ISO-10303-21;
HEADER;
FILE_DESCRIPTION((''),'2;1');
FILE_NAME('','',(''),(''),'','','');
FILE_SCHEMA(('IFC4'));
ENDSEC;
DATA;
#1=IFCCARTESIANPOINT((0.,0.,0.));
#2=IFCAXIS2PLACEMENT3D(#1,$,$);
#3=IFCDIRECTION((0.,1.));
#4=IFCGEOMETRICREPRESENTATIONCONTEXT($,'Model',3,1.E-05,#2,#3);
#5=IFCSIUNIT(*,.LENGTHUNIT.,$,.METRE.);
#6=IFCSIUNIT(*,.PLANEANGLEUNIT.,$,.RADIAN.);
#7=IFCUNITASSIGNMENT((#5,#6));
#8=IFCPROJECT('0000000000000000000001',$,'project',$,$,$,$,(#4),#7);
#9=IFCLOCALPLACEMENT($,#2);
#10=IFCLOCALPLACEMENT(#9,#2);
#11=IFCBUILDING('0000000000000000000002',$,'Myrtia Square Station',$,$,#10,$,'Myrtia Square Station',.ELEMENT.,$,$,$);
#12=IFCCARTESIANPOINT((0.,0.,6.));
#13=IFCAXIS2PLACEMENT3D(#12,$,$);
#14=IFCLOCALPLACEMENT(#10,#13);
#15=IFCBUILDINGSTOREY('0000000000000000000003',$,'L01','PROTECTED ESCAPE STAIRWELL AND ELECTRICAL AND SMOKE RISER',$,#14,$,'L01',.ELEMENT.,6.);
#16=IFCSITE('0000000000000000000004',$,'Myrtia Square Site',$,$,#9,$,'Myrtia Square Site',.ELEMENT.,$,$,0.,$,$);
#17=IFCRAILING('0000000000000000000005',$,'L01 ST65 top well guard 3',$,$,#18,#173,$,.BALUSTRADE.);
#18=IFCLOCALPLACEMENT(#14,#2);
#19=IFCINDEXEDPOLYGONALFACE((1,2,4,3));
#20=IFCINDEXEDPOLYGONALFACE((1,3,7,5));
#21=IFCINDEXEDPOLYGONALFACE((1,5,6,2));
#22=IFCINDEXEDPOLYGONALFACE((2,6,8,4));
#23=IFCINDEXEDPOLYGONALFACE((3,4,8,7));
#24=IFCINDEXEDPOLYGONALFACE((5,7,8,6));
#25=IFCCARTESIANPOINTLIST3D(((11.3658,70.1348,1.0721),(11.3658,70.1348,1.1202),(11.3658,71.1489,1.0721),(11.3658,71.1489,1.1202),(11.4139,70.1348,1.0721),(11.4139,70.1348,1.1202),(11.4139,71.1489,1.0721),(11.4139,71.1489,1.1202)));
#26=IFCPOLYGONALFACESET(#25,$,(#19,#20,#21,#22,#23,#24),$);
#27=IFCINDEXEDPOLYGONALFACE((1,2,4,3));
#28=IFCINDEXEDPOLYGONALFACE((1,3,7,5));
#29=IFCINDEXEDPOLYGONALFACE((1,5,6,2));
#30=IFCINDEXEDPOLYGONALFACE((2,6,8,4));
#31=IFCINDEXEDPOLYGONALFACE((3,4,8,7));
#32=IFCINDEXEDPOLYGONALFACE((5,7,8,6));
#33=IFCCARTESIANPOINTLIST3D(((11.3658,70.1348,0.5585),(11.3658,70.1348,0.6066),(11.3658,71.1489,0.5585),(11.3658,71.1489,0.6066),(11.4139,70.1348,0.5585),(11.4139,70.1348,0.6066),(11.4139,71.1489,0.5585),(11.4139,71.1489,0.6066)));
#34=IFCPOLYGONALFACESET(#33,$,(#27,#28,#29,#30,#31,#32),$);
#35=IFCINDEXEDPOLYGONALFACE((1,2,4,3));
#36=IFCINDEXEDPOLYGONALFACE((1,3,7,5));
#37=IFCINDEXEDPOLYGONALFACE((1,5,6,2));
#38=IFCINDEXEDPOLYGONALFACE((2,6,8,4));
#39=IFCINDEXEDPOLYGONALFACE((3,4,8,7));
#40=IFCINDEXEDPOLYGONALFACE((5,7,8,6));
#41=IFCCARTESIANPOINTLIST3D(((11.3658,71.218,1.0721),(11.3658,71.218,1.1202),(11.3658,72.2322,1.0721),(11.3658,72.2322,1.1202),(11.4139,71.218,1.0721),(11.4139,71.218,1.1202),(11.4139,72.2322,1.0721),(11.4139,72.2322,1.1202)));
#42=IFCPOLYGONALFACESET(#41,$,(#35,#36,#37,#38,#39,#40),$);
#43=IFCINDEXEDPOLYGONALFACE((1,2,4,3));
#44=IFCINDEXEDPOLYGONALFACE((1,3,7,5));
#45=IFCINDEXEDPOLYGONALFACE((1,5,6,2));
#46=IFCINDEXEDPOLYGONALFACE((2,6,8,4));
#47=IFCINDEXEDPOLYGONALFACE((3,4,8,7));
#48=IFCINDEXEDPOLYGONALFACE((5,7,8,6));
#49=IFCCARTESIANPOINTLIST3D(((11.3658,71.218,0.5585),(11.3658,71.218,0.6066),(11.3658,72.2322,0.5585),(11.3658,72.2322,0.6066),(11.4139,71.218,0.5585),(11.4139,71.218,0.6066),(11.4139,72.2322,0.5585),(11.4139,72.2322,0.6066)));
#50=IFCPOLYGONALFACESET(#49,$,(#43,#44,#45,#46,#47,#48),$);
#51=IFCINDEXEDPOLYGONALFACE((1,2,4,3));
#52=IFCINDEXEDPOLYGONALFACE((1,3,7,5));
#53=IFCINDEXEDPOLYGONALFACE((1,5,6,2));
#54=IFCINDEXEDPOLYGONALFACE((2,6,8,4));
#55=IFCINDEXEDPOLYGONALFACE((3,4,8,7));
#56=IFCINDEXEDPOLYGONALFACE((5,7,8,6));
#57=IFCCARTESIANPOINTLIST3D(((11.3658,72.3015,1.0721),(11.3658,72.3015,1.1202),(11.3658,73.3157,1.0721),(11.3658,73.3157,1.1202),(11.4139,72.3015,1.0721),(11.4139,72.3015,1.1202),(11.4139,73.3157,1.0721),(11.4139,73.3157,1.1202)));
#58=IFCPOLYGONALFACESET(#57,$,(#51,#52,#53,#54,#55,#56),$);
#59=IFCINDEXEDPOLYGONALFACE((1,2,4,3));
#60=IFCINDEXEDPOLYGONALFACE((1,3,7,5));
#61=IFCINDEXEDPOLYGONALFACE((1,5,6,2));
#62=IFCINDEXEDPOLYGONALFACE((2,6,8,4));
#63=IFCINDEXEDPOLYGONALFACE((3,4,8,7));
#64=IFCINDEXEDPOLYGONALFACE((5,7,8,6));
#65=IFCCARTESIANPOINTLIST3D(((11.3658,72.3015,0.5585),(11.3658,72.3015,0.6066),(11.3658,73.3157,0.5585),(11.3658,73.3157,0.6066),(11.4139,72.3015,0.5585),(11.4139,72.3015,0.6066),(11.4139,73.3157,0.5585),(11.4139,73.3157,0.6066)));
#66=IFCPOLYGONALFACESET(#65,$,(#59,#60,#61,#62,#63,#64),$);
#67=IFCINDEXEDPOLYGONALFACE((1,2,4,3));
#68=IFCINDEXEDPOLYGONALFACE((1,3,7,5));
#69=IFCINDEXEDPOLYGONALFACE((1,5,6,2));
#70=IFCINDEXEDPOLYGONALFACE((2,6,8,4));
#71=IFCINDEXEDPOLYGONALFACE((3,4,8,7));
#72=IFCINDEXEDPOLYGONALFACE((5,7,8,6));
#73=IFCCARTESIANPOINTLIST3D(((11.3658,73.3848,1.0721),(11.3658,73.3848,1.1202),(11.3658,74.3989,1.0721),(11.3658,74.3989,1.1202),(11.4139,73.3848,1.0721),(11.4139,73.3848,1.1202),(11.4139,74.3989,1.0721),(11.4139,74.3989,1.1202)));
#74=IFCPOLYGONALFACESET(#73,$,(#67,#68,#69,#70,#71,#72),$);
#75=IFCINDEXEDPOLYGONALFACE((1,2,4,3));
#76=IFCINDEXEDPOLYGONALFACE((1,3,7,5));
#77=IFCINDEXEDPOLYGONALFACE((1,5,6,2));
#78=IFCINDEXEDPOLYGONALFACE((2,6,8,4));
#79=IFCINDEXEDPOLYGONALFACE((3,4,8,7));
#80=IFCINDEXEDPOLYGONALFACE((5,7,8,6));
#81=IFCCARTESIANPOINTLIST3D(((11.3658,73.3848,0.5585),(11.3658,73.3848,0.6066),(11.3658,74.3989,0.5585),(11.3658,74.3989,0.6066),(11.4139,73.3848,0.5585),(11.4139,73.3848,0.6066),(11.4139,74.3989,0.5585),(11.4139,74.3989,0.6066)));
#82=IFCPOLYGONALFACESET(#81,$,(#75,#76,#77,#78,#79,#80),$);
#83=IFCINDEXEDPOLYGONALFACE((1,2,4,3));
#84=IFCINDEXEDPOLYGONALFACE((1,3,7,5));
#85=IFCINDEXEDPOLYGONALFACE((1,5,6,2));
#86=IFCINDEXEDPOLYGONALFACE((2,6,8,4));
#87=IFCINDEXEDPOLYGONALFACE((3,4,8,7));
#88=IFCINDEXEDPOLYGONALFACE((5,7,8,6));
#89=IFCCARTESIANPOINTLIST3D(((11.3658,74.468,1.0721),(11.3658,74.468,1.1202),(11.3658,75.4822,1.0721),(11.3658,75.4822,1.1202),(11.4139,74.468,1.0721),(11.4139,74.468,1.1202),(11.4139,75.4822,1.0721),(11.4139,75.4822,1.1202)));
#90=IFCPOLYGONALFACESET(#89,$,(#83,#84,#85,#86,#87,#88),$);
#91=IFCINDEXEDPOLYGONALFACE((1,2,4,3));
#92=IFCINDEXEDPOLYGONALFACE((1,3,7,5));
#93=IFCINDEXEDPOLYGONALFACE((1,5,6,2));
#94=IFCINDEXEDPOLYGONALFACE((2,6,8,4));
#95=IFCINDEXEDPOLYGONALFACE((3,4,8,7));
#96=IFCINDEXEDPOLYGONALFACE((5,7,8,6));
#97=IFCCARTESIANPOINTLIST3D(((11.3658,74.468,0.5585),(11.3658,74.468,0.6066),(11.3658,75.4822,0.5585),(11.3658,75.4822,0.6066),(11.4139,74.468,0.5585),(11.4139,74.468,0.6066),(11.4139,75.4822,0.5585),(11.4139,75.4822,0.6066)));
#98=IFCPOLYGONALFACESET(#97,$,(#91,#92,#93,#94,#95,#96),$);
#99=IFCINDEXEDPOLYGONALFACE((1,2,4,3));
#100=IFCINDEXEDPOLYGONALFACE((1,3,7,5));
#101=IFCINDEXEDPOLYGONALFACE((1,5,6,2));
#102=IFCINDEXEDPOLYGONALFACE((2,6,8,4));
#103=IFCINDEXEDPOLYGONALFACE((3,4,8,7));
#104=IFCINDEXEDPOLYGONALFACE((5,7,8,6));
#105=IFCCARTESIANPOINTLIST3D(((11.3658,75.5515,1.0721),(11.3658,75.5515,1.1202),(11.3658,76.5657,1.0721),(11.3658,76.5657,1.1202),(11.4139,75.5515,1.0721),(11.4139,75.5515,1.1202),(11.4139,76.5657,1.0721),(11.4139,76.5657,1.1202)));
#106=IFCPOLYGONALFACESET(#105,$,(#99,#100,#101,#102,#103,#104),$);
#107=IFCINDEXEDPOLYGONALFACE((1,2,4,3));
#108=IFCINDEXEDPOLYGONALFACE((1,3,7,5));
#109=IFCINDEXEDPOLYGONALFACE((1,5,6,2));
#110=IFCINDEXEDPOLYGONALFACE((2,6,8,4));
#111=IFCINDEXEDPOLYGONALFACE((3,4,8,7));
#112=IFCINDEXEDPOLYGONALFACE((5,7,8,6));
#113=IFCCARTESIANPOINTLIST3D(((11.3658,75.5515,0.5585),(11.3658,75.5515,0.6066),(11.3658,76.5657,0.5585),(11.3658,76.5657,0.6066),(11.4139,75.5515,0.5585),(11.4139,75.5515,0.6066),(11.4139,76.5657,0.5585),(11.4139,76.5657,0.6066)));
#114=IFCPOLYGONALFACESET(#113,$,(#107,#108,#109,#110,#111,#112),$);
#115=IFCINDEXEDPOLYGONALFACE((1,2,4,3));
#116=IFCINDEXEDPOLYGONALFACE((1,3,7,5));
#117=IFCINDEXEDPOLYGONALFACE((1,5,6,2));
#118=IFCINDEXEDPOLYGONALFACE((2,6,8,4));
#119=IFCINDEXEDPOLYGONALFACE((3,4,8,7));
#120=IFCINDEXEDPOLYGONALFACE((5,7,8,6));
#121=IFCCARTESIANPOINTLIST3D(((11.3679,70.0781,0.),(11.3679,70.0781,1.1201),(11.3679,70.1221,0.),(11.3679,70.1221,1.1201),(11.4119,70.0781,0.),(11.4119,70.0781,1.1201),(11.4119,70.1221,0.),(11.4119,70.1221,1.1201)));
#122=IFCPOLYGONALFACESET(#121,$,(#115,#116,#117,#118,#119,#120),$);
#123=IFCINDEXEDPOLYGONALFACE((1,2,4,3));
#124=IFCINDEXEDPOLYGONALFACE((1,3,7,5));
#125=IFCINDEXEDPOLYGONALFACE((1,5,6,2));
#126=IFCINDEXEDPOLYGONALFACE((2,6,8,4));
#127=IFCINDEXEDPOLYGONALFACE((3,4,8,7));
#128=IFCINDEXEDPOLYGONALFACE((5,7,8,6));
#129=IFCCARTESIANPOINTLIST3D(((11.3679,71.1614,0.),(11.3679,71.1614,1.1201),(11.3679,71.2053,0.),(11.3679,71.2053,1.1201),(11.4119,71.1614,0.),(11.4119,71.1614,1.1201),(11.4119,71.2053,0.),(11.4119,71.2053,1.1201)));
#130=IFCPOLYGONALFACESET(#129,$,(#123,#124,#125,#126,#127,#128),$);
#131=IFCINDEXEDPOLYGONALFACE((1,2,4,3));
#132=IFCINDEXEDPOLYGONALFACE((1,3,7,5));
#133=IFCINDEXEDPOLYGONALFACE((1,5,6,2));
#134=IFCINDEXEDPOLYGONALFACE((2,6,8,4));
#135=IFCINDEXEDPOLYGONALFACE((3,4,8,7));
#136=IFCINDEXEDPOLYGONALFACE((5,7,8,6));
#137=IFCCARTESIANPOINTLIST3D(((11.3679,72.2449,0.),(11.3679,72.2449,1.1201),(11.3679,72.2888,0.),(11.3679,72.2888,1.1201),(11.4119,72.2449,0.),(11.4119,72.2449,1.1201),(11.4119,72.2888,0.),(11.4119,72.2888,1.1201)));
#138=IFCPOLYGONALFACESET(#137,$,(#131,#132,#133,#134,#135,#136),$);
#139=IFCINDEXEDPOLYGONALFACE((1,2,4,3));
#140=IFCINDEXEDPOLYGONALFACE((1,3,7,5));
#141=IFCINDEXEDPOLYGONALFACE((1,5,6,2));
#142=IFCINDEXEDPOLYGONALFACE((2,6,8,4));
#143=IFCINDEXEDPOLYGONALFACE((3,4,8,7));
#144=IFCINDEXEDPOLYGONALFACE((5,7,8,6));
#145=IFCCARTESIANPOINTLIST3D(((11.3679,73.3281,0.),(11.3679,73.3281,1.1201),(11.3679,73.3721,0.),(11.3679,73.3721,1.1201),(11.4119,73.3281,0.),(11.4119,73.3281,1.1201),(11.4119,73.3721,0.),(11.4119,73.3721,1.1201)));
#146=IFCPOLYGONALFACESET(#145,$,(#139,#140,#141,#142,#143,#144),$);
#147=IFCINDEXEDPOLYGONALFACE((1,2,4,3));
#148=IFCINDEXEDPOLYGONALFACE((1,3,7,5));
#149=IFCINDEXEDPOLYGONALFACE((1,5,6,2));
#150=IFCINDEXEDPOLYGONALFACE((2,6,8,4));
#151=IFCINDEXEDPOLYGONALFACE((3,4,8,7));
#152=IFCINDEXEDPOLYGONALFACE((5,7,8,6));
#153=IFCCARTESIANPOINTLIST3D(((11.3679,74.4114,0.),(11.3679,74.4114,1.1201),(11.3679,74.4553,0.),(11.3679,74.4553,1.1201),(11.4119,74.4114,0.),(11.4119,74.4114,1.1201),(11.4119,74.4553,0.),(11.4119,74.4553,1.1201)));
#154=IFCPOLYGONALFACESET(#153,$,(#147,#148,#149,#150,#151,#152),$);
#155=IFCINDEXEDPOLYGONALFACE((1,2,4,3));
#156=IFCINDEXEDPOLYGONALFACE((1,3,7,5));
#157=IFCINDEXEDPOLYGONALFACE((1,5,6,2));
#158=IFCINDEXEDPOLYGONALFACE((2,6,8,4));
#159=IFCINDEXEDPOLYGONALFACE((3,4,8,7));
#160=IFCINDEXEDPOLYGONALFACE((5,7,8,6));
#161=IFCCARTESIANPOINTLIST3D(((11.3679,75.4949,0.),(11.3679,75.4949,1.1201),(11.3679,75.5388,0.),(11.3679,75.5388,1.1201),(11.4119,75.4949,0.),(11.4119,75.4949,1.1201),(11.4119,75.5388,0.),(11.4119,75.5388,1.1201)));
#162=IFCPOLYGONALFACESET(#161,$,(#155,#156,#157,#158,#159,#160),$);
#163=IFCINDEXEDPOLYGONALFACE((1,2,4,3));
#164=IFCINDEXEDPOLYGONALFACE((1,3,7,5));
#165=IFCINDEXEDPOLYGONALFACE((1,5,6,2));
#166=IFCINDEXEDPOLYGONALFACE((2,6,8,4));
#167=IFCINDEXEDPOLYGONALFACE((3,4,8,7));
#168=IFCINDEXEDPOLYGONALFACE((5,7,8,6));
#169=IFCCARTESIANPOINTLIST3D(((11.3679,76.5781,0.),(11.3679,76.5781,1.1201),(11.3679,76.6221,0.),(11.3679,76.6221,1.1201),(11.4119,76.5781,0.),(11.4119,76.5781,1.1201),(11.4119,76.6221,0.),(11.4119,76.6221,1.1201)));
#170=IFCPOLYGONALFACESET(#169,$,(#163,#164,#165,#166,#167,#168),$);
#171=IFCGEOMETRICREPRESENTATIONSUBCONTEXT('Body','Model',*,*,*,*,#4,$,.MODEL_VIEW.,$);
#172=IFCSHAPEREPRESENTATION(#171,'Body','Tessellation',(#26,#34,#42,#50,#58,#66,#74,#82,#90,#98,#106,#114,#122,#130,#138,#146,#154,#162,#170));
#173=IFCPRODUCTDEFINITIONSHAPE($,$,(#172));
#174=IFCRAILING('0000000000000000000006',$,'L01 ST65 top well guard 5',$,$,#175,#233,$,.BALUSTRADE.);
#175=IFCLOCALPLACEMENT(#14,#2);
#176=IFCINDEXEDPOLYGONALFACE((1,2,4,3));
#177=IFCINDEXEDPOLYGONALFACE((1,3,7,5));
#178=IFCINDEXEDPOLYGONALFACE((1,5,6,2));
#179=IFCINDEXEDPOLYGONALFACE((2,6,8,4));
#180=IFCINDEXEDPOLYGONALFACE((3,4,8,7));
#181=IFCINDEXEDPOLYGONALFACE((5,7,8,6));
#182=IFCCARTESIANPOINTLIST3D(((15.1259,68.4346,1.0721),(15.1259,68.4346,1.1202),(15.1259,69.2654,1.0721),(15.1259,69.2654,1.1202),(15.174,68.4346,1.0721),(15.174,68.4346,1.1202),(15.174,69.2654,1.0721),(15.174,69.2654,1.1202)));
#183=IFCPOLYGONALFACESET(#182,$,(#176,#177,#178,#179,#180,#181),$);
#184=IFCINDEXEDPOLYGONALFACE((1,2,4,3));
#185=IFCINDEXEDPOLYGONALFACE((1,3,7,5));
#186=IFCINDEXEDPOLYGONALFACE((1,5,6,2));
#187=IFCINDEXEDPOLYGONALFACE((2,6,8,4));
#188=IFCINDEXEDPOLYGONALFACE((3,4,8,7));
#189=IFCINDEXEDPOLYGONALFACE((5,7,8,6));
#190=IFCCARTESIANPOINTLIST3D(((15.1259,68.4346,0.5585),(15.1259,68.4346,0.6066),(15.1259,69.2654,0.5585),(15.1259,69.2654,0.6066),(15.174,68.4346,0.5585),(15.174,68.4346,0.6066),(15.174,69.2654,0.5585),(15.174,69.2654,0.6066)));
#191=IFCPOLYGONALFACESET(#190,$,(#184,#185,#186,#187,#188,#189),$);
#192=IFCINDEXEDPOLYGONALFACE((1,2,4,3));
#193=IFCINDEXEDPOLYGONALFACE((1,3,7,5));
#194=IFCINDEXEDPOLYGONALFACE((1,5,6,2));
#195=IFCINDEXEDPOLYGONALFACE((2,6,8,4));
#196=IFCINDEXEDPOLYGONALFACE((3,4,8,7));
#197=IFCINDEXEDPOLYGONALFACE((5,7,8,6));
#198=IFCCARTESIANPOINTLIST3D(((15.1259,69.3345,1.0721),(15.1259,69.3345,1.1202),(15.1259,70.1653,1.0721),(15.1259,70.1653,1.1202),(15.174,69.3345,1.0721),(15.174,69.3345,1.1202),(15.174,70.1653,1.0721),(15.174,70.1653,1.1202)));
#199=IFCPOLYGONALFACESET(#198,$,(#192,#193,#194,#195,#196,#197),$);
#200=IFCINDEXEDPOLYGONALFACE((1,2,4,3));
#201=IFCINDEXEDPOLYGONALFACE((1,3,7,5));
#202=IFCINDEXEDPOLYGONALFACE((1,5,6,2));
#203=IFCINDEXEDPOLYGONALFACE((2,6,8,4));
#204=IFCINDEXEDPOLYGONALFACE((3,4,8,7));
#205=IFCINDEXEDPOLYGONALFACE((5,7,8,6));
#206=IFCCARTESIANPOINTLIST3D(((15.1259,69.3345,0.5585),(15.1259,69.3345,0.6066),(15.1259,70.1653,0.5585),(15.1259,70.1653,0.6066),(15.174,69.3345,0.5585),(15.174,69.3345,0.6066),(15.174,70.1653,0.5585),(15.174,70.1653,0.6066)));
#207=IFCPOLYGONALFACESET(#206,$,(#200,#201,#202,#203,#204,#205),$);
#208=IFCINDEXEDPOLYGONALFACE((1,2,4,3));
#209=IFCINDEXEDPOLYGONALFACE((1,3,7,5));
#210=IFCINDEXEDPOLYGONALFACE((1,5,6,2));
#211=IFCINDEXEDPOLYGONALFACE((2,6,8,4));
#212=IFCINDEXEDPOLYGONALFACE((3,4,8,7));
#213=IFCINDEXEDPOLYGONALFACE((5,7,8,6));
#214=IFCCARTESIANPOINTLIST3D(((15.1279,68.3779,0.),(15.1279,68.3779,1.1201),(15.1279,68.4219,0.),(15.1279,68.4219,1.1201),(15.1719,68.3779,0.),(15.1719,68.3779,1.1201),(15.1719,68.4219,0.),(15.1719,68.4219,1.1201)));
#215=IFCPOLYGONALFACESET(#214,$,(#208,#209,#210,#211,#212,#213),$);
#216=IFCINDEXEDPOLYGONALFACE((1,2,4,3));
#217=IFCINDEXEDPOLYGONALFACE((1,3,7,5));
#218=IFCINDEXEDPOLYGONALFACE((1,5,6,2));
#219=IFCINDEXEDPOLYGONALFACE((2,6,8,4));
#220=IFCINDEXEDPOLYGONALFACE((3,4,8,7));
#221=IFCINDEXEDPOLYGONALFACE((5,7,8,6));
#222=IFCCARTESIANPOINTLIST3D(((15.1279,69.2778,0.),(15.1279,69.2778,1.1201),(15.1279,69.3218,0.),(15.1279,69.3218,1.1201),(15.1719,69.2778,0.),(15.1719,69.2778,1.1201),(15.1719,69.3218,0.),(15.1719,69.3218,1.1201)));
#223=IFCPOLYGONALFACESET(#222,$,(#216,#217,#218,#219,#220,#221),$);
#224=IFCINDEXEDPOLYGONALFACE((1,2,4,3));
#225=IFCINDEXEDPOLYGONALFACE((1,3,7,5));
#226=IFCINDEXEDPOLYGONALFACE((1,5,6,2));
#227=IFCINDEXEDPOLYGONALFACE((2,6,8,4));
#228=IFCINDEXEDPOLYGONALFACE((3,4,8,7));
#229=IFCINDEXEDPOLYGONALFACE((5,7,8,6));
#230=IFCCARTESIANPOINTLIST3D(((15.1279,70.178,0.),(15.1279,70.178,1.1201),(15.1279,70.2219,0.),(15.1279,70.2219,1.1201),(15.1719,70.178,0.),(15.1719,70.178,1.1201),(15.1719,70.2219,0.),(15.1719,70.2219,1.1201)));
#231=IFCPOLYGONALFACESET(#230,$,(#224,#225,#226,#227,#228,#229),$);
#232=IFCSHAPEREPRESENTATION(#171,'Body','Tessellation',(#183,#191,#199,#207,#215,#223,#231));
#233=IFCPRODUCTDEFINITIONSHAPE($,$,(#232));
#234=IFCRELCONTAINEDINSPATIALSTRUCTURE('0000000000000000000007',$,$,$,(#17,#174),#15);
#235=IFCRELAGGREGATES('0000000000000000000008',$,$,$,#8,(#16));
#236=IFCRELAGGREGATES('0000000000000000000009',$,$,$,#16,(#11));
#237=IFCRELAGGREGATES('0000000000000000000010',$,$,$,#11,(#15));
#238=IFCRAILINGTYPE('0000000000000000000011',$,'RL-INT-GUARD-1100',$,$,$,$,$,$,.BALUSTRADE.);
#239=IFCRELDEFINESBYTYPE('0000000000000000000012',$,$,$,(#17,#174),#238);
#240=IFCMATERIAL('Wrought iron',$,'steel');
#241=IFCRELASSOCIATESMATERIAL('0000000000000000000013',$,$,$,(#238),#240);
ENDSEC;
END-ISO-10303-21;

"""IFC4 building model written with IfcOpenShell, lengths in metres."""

from ifc_helpers import new_model, si_unit, direction, frame, origin, origin_2d, place, context, subcontext, project, spatial, rectangle, extrude, material, type_object, element, save


model = new_model("IFC4")

# Units and contexts
model_context = context("Model", 3, precision=1e-05, world=origin(), true_north=direction((0.0, 1.0)))
body_context = subcontext(model_context, "Body", "Model", "MODEL_VIEW")
ifc_project = project(units=[si_unit("LENGTHUNIT", "METRE"), si_unit("PLANEANGLEUNIT", "RADIAN")], contexts=[model_context])

# Site, building, storey
site_placement = place(None, origin())
site = spatial("IfcSite", under=ifc_project, at=site_placement, Name="Myrtia Square Site", LongName="Myrtia Square Site", CompositionType="ELEMENT", RefElevation=0.0)
building_placement = place(site_placement, origin())
building = spatial("IfcBuilding", under=site, at=building_placement, Name="Myrtia Square Station", LongName="Myrtia Square Station", CompositionType="ELEMENT")
storey_placement = place(building_placement, frame((0.0, 0.0, 6.0)))
storey = spatial("IfcBuildingStorey", under=building, at=storey_placement, Name="L01", Description="PROTECTED ESCAPE STAIRWELL AND ELECTRICAL AND SMOKE RISER", LongName="L01", CompositionType="ELEMENT", Elevation=6.0)

# Railings
ifc_material_1 = material(Name="Wrought iron", Category="steel")
railing_type = type_object("IfcRailingType", Name="RL-INT-GUARD-1100", PredefinedType="BALUSTRADE", material=ifc_material_1)
railing_1_placement = place(storey_placement, frame((11.3899, 70.1001, 0.0)))
element("IfcRailing", 1, at=railing_1_placement, inside=storey, type_object=railing_type, Name="L01 ST65 top well guard 3", PredefinedType="BALUSTRADE", context=body_context, shape_type="SweptSolid", body=[
    extrude(rectangle(XDim=0.0481, YDim=0.0481, at=origin_2d()), frame((0.0, 0.0347, 1.0962), z_axis=(0.0, 1.0, 0.0), x_axis=(-1.0, 0.0, 0.0)), (0.0, 0.0, 1.0), 1.0142),
    extrude(rectangle(XDim=0.0481, YDim=0.0481, at=origin_2d()), frame((0.0, 0.0347, 0.5825), z_axis=(0.0, 1.0, 0.0), x_axis=(-1.0, 0.0, 0.0)), (0.0, 0.0, 1.0), 1.0142),
    extrude(rectangle(XDim=0.0481, YDim=0.0481, at=origin_2d()), frame((0.0, 1.1179, 1.0962), z_axis=(0.0, 1.0, 0.0), x_axis=(-1.0, 0.0, 0.0)), (0.0, 0.0, 1.0), 1.0142),
    extrude(rectangle(XDim=0.0481, YDim=0.0481, at=origin_2d()), frame((0.0, 1.1179, 0.5825), z_axis=(0.0, 1.0, 0.0), x_axis=(-1.0, 0.0, 0.0)), (0.0, 0.0, 1.0), 1.0142),
    extrude(rectangle(XDim=0.0481, YDim=0.0481, at=origin_2d()), frame((0.0, 2.2014, 1.0962), z_axis=(0.0, 1.0, 0.0), x_axis=(-1.0, 0.0, 0.0)), (0.0, 0.0, 1.0), 1.0142),
    extrude(rectangle(XDim=0.0481, YDim=0.0481, at=origin_2d()), frame((0.0, 2.2014, 0.5825), z_axis=(0.0, 1.0, 0.0), x_axis=(-1.0, 0.0, 0.0)), (0.0, 0.0, 1.0), 1.0142),
    extrude(rectangle(XDim=0.0481, YDim=0.0481, at=origin_2d()), frame((0.0, 3.2847, 1.0962), z_axis=(0.0, 1.0, 0.0), x_axis=(-1.0, 0.0, 0.0)), (0.0, 0.0, 1.0), 1.0142),
    extrude(rectangle(XDim=0.0481, YDim=0.0481, at=origin_2d()), frame((0.0, 3.2847, 0.5825), z_axis=(0.0, 1.0, 0.0), x_axis=(-1.0, 0.0, 0.0)), (0.0, 0.0, 1.0), 1.0142),
    extrude(rectangle(XDim=0.0481, YDim=0.0481, at=origin_2d()), frame((0.0, 4.3679, 1.0962), z_axis=(0.0, 1.0, 0.0), x_axis=(-1.0, 0.0, 0.0)), (0.0, 0.0, 1.0), 1.0142),
    extrude(rectangle(XDim=0.0481, YDim=0.0481, at=origin_2d()), frame((0.0, 4.3679, 0.5825), z_axis=(0.0, 1.0, 0.0), x_axis=(-1.0, 0.0, 0.0)), (0.0, 0.0, 1.0), 1.0142),
    extrude(rectangle(XDim=0.0481, YDim=0.0481, at=origin_2d()), frame((0.0, 5.4514, 1.0962), z_axis=(0.0, 1.0, 0.0), x_axis=(-1.0, 0.0, 0.0)), (0.0, 0.0, 1.0), 1.0142),
    extrude(rectangle(XDim=0.0481, YDim=0.0481, at=origin_2d()), frame((0.0, 5.4514, 0.5825), z_axis=(0.0, 1.0, 0.0), x_axis=(-1.0, 0.0, 0.0)), (0.0, 0.0, 1.0), 1.0142),
    extrude(rectangle(XDim=0.0439, YDim=0.0439, at=origin_2d()), origin(), (0.0, 0.0, 1.0), 1.1201),
    extrude(rectangle(XDim=0.0439, YDim=0.0439, at=origin_2d()), frame((0.0, 1.0833, 0.0)), (0.0, 0.0, 1.0), 1.1201),
    extrude(rectangle(XDim=0.0439, YDim=0.0439, at=origin_2d()), frame((0.0, 2.1667, 0.0)), (0.0, 0.0, 1.0), 1.1201),
    extrude(rectangle(XDim=0.0439, YDim=0.0439, at=origin_2d()), frame((0.0, 3.25, 0.0)), (0.0, 0.0, 1.0), 1.1201),
    extrude(rectangle(XDim=0.0439, YDim=0.0439, at=origin_2d()), frame((0.0, 4.3333, 0.0)), (0.0, 0.0, 1.0), 1.1201),
    extrude(rectangle(XDim=0.0439, YDim=0.0439, at=origin_2d()), frame((0.0, 5.4167, 0.0)), (0.0, 0.0, 1.0), 1.1201),
    extrude(rectangle(XDim=0.0439, YDim=0.0439, at=origin_2d()), frame((0.0, 6.5, 0.0)), (0.0, 0.0, 1.0), 1.1201),
])
for number, where, name in (
    (2, (15.1499, 68.3999, 0.0), "L01 ST65 top well guard 5"),
):
    element("IfcRailing", number, at=place(storey_placement, frame(where)), inside=storey, type_object=railing_type, Name=name, PredefinedType="BALUSTRADE", context=body_context, shape_type="SweptSolid", body=[
        extrude(rectangle(XDim=0.0481, YDim=0.0481, at=origin_2d()), frame((0.0, 0.0347, 1.0962), z_axis=(0.0, 1.0, 0.0), x_axis=(-1.0, 0.0, 0.0)), (0.0, 0.0, 1.0), 0.8308),
        extrude(rectangle(XDim=0.0481, YDim=0.0481, at=origin_2d()), frame((0.0, 0.0347, 0.5825), z_axis=(0.0, 1.0, 0.0), x_axis=(-1.0, 0.0, 0.0)), (0.0, 0.0, 1.0), 0.8308),
        extrude(rectangle(XDim=0.0481, YDim=0.0481, at=origin_2d()), frame((0.0, 0.9346, 1.0962), z_axis=(0.0, 1.0, 0.0), x_axis=(-1.0, 0.0, 0.0)), (0.0, 0.0, 1.0), 0.8308),
        extrude(rectangle(XDim=0.0481, YDim=0.0481, at=origin_2d()), frame((0.0, 0.9346, 0.5825), z_axis=(0.0, 1.0, 0.0), x_axis=(-1.0, 0.0, 0.0)), (0.0, 0.0, 1.0), 0.8308),
        extrude(rectangle(XDim=0.0439, YDim=0.0439, at=origin_2d()), origin(), (0.0, 0.0, 1.0), 1.1201),
        extrude(rectangle(XDim=0.0439, YDim=0.0439, at=origin_2d()), frame((0.0, 0.8999, 0.0)), (0.0, 0.0, 1.0), 1.1201),
        extrude(rectangle(XDim=0.0439, YDim=0.0439, at=origin_2d()), frame((0.0, 1.8, 0.0)), (0.0, 0.0, 1.0), 1.1201),
    ])

save(model, "model.ifc")
